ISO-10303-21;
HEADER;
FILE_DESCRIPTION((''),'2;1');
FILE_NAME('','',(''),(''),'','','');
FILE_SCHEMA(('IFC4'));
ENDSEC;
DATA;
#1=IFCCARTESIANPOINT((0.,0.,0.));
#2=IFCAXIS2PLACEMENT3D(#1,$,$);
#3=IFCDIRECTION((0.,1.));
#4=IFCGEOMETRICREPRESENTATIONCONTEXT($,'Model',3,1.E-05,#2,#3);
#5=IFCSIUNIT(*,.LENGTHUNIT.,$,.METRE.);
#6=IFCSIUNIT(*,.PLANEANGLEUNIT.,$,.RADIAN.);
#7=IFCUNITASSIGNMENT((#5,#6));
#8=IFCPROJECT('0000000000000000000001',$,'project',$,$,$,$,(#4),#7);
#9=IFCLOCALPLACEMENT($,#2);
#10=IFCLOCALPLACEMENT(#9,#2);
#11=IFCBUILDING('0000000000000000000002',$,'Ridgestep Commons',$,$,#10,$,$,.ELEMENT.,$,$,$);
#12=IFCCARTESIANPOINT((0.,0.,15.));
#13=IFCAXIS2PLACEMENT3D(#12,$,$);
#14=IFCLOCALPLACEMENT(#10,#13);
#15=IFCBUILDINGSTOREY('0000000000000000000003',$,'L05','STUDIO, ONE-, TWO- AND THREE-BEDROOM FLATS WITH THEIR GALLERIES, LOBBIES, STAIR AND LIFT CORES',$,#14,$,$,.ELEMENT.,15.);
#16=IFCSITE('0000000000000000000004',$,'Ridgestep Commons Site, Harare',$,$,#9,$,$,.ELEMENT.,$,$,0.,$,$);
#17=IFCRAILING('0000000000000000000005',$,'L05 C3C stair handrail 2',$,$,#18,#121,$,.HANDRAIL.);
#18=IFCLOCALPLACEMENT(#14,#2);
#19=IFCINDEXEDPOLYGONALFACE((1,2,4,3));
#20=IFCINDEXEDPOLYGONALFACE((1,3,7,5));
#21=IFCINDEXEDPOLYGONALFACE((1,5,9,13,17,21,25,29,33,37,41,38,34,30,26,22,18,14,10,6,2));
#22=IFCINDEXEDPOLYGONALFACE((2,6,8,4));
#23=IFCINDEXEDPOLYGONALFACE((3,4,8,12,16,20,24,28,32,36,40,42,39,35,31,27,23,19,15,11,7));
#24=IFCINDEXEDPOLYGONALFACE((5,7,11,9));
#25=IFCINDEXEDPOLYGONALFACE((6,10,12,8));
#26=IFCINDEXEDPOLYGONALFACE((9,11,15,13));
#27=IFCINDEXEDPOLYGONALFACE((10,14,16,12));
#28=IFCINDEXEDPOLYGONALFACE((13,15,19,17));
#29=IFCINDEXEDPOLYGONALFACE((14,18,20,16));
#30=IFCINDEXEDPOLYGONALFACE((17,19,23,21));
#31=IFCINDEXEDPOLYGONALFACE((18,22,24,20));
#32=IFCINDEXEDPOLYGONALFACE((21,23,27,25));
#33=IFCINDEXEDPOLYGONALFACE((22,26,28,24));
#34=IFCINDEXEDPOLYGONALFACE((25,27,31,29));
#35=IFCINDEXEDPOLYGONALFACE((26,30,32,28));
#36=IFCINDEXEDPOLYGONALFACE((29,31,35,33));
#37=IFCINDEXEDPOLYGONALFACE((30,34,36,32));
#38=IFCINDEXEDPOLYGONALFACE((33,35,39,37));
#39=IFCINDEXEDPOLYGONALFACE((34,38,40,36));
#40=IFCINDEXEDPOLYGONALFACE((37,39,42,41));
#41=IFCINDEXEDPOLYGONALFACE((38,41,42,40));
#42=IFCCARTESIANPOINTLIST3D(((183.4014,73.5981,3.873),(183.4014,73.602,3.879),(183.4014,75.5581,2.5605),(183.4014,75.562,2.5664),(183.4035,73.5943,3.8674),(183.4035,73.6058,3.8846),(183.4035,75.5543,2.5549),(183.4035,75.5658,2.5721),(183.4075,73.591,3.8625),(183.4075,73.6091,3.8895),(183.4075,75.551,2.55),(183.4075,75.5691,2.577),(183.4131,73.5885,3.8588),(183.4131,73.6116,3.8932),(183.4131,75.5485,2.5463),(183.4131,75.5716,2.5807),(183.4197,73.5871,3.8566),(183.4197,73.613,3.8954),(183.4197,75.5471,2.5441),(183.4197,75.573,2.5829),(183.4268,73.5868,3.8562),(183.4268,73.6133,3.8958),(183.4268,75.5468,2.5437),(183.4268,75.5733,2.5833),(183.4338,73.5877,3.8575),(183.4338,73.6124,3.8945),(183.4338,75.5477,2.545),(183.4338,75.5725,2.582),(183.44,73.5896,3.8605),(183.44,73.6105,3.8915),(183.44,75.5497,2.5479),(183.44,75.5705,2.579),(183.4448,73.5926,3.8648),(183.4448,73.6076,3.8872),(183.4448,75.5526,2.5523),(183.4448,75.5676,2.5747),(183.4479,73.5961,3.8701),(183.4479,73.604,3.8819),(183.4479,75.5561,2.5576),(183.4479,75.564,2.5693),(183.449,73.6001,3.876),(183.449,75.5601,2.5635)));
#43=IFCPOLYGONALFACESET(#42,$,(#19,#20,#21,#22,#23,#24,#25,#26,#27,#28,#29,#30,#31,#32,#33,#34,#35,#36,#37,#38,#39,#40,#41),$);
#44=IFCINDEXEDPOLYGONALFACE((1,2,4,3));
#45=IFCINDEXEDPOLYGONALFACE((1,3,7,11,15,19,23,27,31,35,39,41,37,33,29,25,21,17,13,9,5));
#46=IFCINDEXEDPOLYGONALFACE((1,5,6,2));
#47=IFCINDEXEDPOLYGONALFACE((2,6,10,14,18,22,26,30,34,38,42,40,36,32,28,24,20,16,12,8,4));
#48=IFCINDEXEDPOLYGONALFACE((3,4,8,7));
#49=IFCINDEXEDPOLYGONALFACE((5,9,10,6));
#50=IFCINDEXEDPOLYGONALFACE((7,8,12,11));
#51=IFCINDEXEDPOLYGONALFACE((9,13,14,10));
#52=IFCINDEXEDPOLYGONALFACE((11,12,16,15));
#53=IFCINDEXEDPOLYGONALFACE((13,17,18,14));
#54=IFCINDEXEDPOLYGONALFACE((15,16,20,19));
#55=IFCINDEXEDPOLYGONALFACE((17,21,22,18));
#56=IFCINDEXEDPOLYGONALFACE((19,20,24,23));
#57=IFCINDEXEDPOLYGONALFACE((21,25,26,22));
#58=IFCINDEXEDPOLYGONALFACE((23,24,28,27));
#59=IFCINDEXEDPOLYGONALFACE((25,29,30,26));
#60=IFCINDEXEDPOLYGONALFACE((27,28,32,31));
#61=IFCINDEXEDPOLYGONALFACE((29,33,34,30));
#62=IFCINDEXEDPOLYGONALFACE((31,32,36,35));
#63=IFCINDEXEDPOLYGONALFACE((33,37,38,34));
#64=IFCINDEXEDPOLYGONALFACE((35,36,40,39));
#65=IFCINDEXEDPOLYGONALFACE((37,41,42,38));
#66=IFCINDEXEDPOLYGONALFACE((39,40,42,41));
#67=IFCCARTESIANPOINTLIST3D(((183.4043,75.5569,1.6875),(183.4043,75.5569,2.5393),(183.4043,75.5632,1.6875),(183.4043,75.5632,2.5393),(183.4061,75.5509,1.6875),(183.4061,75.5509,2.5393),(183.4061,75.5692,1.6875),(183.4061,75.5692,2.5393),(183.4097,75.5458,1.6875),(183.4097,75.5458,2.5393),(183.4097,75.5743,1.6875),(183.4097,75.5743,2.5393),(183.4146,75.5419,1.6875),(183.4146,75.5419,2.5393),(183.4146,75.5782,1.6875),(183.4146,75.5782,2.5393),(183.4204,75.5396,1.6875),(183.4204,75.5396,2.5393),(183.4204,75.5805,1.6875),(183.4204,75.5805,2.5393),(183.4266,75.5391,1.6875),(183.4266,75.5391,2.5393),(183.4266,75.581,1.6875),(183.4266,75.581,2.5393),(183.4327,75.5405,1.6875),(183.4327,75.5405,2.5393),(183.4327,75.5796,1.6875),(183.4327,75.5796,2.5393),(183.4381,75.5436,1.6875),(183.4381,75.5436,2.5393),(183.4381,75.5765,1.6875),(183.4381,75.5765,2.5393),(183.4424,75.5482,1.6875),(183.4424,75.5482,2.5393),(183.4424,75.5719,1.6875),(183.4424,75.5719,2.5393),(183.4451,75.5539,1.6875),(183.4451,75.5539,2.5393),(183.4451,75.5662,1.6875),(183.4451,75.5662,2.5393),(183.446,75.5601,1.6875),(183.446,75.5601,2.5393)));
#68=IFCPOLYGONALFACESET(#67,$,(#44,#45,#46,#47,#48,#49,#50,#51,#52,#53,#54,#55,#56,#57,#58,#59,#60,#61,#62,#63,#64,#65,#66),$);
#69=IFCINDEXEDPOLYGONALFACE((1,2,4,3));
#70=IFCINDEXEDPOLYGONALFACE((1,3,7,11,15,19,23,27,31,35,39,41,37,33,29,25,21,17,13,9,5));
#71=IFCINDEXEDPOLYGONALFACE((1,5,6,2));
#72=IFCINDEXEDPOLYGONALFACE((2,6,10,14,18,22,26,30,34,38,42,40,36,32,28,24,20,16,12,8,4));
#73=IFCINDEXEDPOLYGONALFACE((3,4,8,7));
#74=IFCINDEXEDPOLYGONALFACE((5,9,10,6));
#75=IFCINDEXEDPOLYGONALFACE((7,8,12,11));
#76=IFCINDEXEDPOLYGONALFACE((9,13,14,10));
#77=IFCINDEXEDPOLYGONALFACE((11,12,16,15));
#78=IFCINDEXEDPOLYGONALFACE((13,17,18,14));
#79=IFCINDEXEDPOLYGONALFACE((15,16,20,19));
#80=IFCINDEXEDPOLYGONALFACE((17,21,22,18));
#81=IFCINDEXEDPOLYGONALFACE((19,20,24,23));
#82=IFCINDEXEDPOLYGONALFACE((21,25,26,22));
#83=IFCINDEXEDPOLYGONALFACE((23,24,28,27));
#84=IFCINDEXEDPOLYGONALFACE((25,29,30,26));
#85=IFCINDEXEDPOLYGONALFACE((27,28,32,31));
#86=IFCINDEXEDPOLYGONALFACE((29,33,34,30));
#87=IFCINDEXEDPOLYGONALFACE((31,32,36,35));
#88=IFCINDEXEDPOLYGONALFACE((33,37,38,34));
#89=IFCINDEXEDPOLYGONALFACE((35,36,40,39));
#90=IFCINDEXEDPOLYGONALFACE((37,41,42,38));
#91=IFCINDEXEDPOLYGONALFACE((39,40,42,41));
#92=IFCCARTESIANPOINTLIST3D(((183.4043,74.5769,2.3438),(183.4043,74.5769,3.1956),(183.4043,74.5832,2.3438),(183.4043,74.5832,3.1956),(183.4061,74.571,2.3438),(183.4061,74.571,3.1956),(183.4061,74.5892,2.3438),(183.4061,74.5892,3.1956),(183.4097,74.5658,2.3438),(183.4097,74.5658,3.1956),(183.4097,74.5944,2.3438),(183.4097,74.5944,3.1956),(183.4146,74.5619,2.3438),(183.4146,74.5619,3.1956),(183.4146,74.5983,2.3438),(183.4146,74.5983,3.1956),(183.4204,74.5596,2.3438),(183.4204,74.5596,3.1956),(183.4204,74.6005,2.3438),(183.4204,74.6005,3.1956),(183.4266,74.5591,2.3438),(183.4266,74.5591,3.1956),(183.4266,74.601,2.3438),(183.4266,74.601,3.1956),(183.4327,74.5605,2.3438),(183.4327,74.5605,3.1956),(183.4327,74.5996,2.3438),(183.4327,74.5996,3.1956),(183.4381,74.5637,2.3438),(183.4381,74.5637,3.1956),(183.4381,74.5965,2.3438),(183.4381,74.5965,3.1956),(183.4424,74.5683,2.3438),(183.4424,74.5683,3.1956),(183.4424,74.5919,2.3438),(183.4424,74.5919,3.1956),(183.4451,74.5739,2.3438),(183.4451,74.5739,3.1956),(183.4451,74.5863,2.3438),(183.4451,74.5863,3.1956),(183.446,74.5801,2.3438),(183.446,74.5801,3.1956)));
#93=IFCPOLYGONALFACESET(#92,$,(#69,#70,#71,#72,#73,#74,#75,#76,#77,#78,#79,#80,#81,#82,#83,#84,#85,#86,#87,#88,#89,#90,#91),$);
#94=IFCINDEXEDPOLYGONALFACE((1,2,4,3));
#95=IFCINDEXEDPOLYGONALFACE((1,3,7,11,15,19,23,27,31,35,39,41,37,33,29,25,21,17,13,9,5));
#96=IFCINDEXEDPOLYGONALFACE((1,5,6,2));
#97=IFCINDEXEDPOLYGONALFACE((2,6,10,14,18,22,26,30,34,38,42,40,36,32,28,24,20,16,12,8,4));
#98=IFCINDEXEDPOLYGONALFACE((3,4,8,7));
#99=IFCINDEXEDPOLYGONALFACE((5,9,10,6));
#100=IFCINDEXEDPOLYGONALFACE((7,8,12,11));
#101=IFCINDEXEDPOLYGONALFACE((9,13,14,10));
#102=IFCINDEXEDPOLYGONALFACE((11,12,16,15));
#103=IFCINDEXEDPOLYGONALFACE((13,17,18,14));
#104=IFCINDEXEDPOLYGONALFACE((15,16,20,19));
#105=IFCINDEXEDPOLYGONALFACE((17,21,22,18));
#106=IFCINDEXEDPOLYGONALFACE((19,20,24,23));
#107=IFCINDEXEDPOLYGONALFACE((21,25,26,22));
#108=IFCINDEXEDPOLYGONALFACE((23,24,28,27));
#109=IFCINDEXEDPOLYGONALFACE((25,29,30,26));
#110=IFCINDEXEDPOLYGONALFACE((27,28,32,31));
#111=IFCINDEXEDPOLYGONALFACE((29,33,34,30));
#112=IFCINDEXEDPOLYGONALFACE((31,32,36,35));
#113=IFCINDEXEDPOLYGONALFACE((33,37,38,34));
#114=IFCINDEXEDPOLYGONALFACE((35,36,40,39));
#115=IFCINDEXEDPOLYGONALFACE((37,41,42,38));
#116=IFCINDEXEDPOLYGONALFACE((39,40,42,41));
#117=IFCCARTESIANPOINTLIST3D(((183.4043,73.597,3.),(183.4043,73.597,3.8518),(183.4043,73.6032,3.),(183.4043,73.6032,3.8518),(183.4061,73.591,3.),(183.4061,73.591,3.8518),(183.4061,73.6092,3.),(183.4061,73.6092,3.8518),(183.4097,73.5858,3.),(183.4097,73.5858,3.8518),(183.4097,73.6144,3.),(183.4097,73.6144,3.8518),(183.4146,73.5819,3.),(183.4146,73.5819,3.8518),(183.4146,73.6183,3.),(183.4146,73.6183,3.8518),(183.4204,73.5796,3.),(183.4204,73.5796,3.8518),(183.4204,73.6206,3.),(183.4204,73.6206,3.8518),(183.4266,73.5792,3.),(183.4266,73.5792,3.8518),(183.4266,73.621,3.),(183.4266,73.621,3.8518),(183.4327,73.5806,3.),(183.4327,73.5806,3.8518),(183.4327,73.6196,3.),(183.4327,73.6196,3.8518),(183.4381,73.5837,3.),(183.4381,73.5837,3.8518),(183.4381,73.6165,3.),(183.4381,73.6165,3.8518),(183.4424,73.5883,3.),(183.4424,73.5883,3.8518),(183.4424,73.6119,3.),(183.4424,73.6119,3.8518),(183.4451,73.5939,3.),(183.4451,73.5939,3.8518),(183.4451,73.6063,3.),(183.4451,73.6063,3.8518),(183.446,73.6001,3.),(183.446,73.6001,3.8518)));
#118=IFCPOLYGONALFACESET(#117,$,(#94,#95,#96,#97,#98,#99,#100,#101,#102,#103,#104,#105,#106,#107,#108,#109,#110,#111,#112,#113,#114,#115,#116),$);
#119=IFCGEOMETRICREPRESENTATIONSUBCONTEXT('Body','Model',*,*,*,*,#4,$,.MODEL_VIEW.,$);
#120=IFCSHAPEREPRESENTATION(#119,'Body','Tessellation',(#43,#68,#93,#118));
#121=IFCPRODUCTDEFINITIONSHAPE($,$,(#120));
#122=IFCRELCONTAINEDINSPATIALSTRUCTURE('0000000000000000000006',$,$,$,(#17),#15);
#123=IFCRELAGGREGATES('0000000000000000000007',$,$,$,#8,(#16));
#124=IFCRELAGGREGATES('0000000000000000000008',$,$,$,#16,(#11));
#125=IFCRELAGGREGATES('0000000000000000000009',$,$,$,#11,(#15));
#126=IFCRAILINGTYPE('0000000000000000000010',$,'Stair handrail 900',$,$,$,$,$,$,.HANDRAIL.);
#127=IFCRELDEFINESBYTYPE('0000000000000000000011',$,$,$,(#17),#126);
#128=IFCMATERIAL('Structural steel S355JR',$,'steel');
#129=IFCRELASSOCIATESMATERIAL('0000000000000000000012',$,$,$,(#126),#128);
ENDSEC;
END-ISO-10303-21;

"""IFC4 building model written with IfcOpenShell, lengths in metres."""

from ifc_helpers import new_model, si_unit, direction, frame, origin, origin_2d, place, context, subcontext, project, spatial, circle, extrude, material, type_object, element, save


model = new_model("IFC4")

# Units and contexts
model_context = context("Model", 3, precision=1e-05, world=origin(), true_north=direction((0.0, 1.0)))
body_context = subcontext(model_context, "Body", "Model", "MODEL_VIEW")
ifc_project = project(units=[si_unit("LENGTHUNIT", "METRE"), si_unit("PLANEANGLEUNIT", "RADIAN")], contexts=[model_context])

# Site, building, storey
site_placement = place(None, origin())
site = spatial("IfcSite", under=ifc_project, at=site_placement, Name="Ridgestep Commons Site, Harare", CompositionType="ELEMENT", RefElevation=0.0)
building_placement = place(site_placement, origin())
building = spatial("IfcBuilding", under=site, at=building_placement, Name="Ridgestep Commons", CompositionType="ELEMENT")
storey_placement = place(building_placement, frame((0.0, 0.0, 15.0)))
storey = spatial("IfcBuildingStorey", under=building, at=storey_placement, Name="L05", Description="STUDIO, ONE-, TWO- AND THREE-BEDROOM FLATS WITH THEIR GALLERIES, LOBBIES, STAIR AND LIFT CORES", CompositionType="ELEMENT", Elevation=15.0)

# Railing
ifc_material_1 = material(Name="Structural steel S355JR", Category="steel")
railing_type_1 = type_object("IfcRailingType", Name="Stair handrail 900", PredefinedType="HANDRAIL", material=ifc_material_1)
railing_1_placement = place(storey_placement, frame((183.425, 75.5601, 1.6875)))
element("IfcRailing", 1, at=railing_1_placement, inside=storey, type_object=railing_type_1, Name="L05 C3C stair handrail 2", PredefinedType="HANDRAIL", context=body_context, shape_type="SweptSolid", body=[
    extrude(circle(Radius=0.0239, at=origin_2d()), frame((0.0, 0.0, 0.876), z_axis=(0.0, -0.830902, 0.556419), x_axis=(1.0, 0.0, 0.0)), (0.0, 0.0, 1.0), 2.3589),
    extrude(circle(Radius=0.021, at=origin_2d()), origin(), (0.0, 0.0, 1.0), 0.8518),
    extrude(circle(Radius=0.021, at=origin_2d()), frame((0.0, -0.98, 0.6562)), (0.0, 0.0, 1.0), 0.8518),
    extrude(circle(Radius=0.021, at=origin_2d()), frame((0.0, -1.96, 1.3125)), (0.0, 0.0, 1.0), 0.8518),
])

save(model, "model.ifc")
